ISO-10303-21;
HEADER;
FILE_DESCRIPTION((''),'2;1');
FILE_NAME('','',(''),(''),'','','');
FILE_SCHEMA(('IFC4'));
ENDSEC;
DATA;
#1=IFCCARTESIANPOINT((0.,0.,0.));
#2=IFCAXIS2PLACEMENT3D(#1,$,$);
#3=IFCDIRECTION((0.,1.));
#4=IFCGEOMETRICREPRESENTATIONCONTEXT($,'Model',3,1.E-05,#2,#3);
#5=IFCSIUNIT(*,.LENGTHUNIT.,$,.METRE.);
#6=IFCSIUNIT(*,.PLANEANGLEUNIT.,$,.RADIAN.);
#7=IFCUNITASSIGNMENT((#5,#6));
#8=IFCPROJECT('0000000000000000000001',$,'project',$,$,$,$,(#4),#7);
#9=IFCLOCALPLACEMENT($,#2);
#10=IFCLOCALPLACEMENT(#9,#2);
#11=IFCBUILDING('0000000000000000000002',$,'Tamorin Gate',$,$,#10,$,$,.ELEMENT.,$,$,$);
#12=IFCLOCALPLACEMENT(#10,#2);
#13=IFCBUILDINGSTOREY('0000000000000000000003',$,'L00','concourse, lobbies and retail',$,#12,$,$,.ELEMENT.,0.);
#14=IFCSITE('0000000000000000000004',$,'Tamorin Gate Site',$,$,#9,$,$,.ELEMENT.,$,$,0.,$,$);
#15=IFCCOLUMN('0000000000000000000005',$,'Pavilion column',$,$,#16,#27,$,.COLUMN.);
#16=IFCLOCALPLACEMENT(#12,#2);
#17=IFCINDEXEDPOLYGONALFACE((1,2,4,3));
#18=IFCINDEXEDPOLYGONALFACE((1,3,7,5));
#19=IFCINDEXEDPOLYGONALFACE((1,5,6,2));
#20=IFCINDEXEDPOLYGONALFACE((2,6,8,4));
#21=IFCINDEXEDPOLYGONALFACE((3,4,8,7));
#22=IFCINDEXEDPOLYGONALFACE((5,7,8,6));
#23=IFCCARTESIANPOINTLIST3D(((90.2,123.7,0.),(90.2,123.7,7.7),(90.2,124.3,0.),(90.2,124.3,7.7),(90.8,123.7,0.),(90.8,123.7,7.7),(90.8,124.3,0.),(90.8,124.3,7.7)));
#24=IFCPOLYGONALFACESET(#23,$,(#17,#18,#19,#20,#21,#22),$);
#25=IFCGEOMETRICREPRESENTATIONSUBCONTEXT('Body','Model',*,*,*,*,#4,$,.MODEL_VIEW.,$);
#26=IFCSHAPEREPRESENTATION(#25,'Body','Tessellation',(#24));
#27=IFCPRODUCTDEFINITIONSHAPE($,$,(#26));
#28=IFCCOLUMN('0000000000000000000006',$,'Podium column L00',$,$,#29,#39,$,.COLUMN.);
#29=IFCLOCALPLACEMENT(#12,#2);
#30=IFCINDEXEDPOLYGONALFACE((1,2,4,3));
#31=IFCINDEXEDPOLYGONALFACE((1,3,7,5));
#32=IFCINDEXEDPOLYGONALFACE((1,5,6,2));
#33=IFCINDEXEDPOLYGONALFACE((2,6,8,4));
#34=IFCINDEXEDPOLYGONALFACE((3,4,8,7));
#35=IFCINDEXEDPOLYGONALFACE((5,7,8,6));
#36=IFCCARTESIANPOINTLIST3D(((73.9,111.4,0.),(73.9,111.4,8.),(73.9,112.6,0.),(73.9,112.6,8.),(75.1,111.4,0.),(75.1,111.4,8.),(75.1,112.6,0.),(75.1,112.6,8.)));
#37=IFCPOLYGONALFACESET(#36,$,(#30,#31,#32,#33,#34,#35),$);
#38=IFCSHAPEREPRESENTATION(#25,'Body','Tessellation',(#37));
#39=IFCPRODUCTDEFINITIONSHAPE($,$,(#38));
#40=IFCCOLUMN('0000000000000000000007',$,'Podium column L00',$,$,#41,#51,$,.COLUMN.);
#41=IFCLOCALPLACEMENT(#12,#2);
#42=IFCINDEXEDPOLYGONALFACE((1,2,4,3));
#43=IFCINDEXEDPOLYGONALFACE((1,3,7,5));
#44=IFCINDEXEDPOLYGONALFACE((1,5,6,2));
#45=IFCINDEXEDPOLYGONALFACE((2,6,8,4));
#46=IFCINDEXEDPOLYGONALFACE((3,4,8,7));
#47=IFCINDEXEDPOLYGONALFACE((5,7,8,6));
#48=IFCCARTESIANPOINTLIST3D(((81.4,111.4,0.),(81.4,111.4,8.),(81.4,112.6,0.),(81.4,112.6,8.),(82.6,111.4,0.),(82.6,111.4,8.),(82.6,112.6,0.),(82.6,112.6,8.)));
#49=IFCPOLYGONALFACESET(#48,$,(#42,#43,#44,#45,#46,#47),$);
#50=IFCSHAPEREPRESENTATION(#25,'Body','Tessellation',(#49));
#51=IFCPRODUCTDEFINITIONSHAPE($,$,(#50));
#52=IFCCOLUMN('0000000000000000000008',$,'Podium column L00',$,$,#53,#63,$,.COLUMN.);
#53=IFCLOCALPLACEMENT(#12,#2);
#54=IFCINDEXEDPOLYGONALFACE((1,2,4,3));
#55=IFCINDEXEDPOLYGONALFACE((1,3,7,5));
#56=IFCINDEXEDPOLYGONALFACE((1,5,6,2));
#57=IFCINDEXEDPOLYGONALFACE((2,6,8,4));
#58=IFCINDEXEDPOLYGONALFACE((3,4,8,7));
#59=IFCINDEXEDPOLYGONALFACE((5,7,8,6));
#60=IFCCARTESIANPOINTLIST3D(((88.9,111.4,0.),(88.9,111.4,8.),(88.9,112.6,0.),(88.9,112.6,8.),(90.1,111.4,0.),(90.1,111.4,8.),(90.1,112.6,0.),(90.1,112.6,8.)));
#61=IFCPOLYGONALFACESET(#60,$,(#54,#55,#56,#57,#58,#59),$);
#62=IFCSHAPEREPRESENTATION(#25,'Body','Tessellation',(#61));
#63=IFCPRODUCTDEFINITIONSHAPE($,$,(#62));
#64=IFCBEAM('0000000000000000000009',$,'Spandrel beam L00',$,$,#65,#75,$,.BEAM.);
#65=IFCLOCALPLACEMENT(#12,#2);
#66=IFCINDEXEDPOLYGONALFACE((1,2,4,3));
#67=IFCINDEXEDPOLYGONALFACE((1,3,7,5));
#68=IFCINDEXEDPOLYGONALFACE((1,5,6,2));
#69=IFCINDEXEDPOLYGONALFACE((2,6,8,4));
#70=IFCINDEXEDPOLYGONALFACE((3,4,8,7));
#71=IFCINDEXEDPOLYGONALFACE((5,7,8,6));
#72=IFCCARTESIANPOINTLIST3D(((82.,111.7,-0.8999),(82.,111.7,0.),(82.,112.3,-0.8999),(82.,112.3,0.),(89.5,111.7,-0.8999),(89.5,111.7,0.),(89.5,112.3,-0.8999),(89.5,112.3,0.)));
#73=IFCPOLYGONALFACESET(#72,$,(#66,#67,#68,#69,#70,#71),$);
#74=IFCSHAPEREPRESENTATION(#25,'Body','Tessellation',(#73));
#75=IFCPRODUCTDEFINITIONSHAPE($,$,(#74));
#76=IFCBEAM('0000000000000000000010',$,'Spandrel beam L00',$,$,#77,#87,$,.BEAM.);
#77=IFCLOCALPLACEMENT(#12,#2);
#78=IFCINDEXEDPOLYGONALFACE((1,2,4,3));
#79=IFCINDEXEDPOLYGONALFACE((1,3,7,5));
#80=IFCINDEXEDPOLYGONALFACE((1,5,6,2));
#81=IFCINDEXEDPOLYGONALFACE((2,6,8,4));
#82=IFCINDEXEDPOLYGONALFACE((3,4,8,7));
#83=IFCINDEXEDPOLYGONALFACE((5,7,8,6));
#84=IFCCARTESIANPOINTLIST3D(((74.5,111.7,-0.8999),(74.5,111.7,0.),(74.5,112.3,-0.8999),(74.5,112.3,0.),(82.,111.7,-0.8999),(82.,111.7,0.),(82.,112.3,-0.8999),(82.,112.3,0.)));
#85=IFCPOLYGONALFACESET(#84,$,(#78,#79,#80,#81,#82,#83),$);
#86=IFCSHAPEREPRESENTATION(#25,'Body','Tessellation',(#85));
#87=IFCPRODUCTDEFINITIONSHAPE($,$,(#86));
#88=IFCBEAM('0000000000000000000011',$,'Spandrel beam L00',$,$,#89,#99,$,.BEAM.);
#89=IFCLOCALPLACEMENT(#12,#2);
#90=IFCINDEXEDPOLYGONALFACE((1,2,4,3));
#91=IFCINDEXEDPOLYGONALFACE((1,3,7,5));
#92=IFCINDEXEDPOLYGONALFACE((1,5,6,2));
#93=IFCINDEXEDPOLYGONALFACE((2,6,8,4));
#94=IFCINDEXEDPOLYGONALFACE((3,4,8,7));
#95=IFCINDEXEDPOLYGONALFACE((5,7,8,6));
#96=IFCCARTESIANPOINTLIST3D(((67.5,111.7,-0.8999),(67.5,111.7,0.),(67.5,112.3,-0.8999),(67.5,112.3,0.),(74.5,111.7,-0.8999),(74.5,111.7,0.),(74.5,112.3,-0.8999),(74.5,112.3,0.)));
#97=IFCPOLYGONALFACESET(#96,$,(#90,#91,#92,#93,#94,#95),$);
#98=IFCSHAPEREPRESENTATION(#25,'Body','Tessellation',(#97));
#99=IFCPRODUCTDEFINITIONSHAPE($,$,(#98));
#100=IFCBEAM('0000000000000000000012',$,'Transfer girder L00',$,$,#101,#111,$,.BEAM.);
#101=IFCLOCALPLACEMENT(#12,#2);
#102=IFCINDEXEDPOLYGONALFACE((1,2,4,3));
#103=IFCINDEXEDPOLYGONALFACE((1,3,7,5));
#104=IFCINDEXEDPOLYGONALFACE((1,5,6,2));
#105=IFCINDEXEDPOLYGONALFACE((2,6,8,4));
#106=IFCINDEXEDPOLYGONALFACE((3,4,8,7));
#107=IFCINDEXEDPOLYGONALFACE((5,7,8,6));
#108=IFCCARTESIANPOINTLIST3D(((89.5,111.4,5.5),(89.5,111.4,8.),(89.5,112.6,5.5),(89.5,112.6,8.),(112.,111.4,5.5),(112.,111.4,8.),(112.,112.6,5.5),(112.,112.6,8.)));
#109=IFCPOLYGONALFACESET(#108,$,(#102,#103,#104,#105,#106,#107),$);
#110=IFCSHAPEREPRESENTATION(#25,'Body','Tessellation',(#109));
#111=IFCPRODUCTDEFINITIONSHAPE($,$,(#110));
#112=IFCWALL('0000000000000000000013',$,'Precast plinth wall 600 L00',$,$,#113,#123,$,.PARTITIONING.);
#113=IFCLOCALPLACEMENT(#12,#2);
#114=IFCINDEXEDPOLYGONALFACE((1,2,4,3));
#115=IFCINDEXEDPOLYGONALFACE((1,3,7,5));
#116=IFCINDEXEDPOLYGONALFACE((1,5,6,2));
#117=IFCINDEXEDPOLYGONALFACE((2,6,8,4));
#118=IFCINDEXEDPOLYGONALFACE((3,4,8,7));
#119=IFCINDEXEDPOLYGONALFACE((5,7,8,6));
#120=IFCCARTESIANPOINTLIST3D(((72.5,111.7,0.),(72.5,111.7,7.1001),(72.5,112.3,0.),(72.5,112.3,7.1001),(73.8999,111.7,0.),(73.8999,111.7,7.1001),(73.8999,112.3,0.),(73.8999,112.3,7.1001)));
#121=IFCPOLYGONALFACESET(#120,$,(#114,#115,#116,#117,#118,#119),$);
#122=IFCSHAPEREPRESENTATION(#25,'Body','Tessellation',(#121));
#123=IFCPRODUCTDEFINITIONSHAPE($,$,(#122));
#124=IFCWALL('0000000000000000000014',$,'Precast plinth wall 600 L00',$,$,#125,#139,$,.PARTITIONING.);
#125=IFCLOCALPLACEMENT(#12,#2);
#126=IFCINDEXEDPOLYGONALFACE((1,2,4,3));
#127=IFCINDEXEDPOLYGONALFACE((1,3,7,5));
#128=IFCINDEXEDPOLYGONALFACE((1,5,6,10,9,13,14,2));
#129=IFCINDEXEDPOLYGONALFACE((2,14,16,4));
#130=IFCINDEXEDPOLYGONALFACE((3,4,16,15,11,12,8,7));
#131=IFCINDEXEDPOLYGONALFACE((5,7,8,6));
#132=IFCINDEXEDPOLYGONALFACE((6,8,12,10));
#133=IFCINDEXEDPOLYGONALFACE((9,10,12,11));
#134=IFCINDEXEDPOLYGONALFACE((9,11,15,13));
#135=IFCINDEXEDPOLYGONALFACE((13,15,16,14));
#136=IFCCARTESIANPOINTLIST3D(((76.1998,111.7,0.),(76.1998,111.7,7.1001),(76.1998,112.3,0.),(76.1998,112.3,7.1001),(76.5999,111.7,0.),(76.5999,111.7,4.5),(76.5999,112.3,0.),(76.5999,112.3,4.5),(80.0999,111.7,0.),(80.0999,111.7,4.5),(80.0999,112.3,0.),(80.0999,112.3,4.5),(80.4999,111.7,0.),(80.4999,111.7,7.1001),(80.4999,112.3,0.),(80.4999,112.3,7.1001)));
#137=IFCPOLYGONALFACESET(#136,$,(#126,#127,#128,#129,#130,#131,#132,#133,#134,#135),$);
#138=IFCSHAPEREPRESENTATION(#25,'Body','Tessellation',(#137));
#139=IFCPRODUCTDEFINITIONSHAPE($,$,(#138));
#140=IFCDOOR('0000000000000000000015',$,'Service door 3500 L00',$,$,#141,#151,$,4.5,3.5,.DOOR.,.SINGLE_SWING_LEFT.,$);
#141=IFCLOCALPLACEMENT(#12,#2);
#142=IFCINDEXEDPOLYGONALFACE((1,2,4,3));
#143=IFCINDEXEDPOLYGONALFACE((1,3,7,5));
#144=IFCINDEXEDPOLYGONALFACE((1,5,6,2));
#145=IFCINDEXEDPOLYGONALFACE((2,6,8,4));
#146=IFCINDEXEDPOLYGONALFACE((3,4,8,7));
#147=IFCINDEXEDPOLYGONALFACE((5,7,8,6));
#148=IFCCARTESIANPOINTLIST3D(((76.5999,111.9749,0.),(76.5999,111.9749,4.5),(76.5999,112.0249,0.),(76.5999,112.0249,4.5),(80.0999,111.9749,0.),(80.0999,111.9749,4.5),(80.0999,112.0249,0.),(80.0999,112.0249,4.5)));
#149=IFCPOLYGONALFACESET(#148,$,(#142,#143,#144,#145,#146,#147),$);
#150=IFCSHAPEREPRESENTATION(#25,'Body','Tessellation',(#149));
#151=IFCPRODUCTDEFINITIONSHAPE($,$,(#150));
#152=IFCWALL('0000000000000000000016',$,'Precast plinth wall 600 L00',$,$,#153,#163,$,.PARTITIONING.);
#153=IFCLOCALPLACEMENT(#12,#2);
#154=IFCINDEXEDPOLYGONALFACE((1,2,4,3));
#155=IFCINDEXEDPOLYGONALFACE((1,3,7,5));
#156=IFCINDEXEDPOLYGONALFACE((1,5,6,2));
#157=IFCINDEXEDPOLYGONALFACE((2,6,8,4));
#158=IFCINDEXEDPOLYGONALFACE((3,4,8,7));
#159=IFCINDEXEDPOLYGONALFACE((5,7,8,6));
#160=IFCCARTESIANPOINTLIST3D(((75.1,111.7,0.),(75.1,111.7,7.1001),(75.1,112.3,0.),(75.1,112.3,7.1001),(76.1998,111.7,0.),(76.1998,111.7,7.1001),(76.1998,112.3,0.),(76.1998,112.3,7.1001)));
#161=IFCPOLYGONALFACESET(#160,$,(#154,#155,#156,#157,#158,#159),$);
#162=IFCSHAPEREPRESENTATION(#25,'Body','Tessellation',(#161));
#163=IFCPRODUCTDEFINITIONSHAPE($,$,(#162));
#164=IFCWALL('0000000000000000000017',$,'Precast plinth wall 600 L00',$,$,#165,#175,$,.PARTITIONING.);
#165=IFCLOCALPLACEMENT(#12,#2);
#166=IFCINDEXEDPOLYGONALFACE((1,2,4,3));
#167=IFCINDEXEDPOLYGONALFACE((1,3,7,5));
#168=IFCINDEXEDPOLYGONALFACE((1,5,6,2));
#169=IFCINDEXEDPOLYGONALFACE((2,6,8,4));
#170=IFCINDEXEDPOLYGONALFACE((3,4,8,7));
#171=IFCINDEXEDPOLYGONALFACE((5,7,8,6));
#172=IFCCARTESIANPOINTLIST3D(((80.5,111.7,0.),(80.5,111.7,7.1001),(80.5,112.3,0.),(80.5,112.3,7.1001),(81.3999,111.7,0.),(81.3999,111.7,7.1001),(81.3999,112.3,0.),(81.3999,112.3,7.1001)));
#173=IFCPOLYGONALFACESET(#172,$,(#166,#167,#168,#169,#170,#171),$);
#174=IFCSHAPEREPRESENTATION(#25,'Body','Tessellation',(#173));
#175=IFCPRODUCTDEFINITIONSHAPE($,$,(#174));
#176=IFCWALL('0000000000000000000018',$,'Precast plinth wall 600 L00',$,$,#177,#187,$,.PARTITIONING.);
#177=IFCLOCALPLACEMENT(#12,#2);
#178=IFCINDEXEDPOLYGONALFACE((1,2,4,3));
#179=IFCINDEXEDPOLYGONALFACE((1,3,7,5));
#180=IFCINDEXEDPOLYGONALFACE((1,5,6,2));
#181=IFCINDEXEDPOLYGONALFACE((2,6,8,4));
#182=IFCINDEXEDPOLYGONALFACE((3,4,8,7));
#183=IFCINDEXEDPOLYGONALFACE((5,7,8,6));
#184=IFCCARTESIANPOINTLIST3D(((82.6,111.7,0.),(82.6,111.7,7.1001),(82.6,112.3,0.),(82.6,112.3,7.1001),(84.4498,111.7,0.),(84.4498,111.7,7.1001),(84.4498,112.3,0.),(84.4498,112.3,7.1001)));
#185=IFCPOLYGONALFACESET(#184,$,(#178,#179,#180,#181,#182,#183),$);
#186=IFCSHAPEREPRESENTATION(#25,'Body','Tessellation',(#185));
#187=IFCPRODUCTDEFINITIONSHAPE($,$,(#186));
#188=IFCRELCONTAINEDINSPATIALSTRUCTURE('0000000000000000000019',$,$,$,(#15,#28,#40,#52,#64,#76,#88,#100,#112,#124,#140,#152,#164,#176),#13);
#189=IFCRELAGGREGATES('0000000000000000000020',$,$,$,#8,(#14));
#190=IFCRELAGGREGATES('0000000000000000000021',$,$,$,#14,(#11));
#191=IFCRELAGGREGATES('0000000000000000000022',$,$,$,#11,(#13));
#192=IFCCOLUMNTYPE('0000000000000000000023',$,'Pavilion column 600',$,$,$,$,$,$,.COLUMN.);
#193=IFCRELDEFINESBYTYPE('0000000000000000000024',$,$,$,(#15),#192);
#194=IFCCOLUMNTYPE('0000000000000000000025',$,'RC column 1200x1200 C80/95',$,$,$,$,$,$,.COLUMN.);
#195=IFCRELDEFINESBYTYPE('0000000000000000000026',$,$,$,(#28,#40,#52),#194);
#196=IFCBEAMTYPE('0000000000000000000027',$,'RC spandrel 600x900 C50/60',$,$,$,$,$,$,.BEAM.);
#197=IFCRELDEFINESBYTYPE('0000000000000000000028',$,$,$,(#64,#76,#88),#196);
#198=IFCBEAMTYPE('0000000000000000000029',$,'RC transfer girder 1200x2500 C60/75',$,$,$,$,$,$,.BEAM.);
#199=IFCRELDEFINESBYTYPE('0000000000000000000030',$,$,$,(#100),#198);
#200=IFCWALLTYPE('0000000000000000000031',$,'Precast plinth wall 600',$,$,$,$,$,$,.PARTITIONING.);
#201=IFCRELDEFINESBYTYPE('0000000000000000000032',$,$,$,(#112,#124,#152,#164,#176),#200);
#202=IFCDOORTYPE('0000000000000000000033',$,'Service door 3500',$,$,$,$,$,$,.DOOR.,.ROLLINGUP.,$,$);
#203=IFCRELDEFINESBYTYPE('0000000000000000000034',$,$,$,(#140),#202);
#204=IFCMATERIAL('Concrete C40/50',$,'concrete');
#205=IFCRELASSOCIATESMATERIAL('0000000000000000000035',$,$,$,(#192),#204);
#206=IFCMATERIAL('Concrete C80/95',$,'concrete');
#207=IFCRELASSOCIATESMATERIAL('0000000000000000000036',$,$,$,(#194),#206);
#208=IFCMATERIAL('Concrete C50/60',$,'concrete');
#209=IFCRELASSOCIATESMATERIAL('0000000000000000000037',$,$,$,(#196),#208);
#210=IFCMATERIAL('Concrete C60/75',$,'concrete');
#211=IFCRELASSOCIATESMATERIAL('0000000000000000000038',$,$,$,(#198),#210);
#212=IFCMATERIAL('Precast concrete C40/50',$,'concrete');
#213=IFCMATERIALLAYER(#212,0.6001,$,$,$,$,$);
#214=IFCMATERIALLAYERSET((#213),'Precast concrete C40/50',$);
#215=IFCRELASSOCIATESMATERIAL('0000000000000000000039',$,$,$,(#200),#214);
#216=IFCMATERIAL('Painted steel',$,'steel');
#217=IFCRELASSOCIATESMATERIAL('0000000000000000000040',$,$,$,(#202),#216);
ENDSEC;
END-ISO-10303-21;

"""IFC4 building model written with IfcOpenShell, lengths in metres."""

from ifc_helpers import new_model, si_unit, direction, frame, frame_2d, origin, origin_2d, place, context, subcontext, project, spatial, rectangle, extrude, material, layer, layer_set, material_profile, profile_set, type_object, element, fill, save


model = new_model("IFC4")

# Units and contexts
model_context = context("Model", 3, precision=1e-05, world=origin(), true_north=direction((0.0, 1.0)))
body_context = subcontext(model_context, "Body", "Model", "MODEL_VIEW")
ifc_project = project(units=[si_unit("LENGTHUNIT", "METRE"), si_unit("PLANEANGLEUNIT", "RADIAN")], contexts=[model_context])

# Site, building, storey
site_placement = place(None, origin())
site = spatial("IfcSite", under=ifc_project, at=site_placement, Name="Tamorin Gate Site", CompositionType="ELEMENT", RefElevation=0.0)
building_placement = place(site_placement, origin())
building = spatial("IfcBuilding", under=site, at=building_placement, Name="Tamorin Gate", CompositionType="ELEMENT")
storey_placement = place(building_placement, origin())
storey = spatial("IfcBuildingStorey", under=building, at=storey_placement, Name="L00", Description="concourse, lobbies and retail", CompositionType="ELEMENT", Elevation=0.0)

# Columns
ifc_material_1 = material(Name="Concrete C40/50", Category="concrete")
ifc_material_profile_1 = material_profile(ifc_material_1, rectangle(XDim=0.6001, YDim=0.6001, at=origin_2d()))
ifc_profile_set_1 = profile_set([ifc_material_profile_1], Name="Concrete C40/50")
column_type_1 = type_object("IfcColumnType", Name="Pavilion column 600", PredefinedType="COLUMN", material=ifc_profile_set_1)
column_placement = place(storey_placement, frame((90.5, 124.0, 0.0), z_axis=(0.0, 0.0, 1.0), x_axis=(1.0, 0.0, 0.0)))
element("IfcColumn", 1, at=column_placement, inside=storey, type_object=column_type_1, Name="Pavilion column", PredefinedType="COLUMN", context=body_context, shape_type="SweptSolid", body=[
    extrude(rectangle(XDim=0.6001, YDim=0.6001, at=origin_2d()), origin(), (0.0, 0.0, 1.0), 7.7),
])
ifc_material_2 = material(Name="Concrete C80/95", Category="concrete")
ifc_material_profile_2 = material_profile(ifc_material_2, rectangle(XDim=1.2, YDim=1.2, at=origin_2d()), Name="RC 1200x1200")
ifc_profile_set_2 = profile_set([ifc_material_profile_2], Name="Concrete C80/95")
column_type_2 = type_object("IfcColumnType", Name="RC column 1200x1200 C80/95", PredefinedType="COLUMN", material=ifc_profile_set_2)
for number, where, z_axis, x_axis, name in (
    (2, (74.5, 112.0, 0.0), (0.0, 0.0, 1.0), (1.0, 0.0, 0.0), "Podium column L00"),
    (3, (82.0, 112.0, 0.0), (0.0, 0.0, 1.0), (1.0, 0.0, 0.0), "Podium column L00"),
    (4, (89.5, 112.0, 0.0), (0.0, 0.0, 1.0), (1.0, 0.0, 0.0), "Podium column L00"),
):
    element("IfcColumn", number, at=place(storey_placement, frame(where, z_axis=z_axis, x_axis=x_axis)), inside=storey, type_object=column_type_2, Name=name, PredefinedType="COLUMN", context=body_context, shape_type="SweptSolid", body=[
        extrude(rectangle(XDim=1.2, YDim=1.2, at=origin_2d()), origin(), (0.0, 0.0, 1.0), 8.0),
    ])

# Beams
ifc_material_3 = material(Name="Concrete C50/60", Category="concrete")
ifc_material_profile_3 = material_profile(ifc_material_3, rectangle(XDim=0.6001, YDim=0.8999, at=origin_2d()), Name="RC 600x900")
ifc_profile_set_3 = profile_set([ifc_material_profile_3], Name="Concrete C50/60")
beam_type_1 = type_object("IfcBeamType", Name="RC spandrel 600x900 C50/60", PredefinedType="BEAM", material=ifc_profile_set_3)
for number, where, z_axis, x_axis, name in (
    (5, (89.5, 112.0, -0.45), (-1.0, 0.0, 0.0), (0.0, -1.0, 0.0), "Spandrel beam L00"),
    (6, (82.0, 112.0, -0.45), (-1.0, 0.0, 0.0), (0.0, -1.0, 0.0), "Spandrel beam L00"),
):
    element("IfcBeam", number, at=place(storey_placement, frame(where, z_axis=z_axis, x_axis=x_axis)), inside=storey, type_object=beam_type_1, Name=name, PredefinedType="BEAM", context=body_context, shape_type="SweptSolid", body=[
        extrude(rectangle(XDim=0.6001, YDim=0.8999, at=origin_2d()), origin(), (0.0, 0.0, 1.0), 7.5),
    ])
beam_1_placement = place(storey_placement, frame((74.5, 112.0, -0.45), z_axis=(-1.0, 0.0, 0.0), x_axis=(0.0, -1.0, 0.0)))
element("IfcBeam", 7, at=beam_1_placement, inside=storey, type_object=beam_type_1, Name="Spandrel beam L00", PredefinedType="BEAM", context=body_context, shape_type="SweptSolid", body=[
    extrude(rectangle(XDim=0.6001, YDim=0.8999, at=origin_2d()), origin(), (0.0, 0.0, 1.0), 7.0),
])
ifc_material_4 = material(Name="Concrete C60/75", Category="concrete")
ifc_material_profile_4 = material_profile(ifc_material_4, rectangle(XDim=1.2, YDim=2.5, at=origin_2d()), Name="RC 1200x2500")
ifc_profile_set_4 = profile_set([ifc_material_profile_4], Name="Concrete C60/75")
beam_type_2 = type_object("IfcBeamType", Name="RC transfer girder 1200x2500 C60/75", PredefinedType="BEAM", material=ifc_profile_set_4)
beam_2_placement = place(storey_placement, frame((89.5, 112.0, 6.75), z_axis=(1.0, 0.0, 0.0), x_axis=(0.0, 1.0, 0.0)))
element("IfcBeam", 8, at=beam_2_placement, inside=storey, type_object=beam_type_2, Name="Transfer girder L00", PredefinedType="BEAM", context=body_context, shape_type="SweptSolid", body=[
    extrude(rectangle(XDim=1.2, YDim=2.5, at=origin_2d()), origin(), (0.0, 0.0, 1.0), 22.5),
])

# Shared definitions
ifc_material_5 = material(Name="Precast concrete C40/50", Category="concrete")
ifc_layer = layer(ifc_material_5, 0.6001)
ifc_layer_set = layer_set([ifc_layer], Name="Precast concrete C40/50")
wall_type = type_object("IfcWallType", Name="Precast plinth wall 600", PredefinedType="PARTITIONING", material=ifc_layer_set)

# Wall
wall_1_placement = place(storey_placement, frame((72.5, 112.0, 0.0), z_axis=(0.0, 0.0, 1.0), x_axis=(1.0, 0.0, 0.0)))
element("IfcWall", 9, at=wall_1_placement, inside=storey, type_object=wall_type, Name="Precast plinth wall 600 L00", PredefinedType="PARTITIONING", context=body_context, shape_type="SweptSolid", body=[
    extrude(rectangle(XDim=1.3999, YDim=0.6001, at=frame_2d((0.7, 0.0))), origin(), (0.0, 0.0, 1.0), 7.1001),
])

# Wall, opening, door
wall_2_placement = place(storey_placement, frame((76.2, 112.0, 0.0), z_axis=(0.0, 0.0, 1.0), x_axis=(1.0, 0.0, 0.0)))
wall_2 = element("IfcWall", 10, at=wall_2_placement, inside=storey, type_object=wall_type, Name="Precast plinth wall 600 L00", PredefinedType="PARTITIONING", context=body_context, shape_type="SweptSolid", body=[
    extrude(rectangle(XDim=4.3, YDim=0.6001, at=frame_2d((2.1499, 0.0))), origin(), (0.0, 0.0, 1.0), 7.1001),
])
opening_1_placement = place(wall_2_placement, frame((0.3999, 0.0, 0.0)))
opening_1 = element("IfcOpeningElement", 11, at=opening_1_placement, cuts=wall_2, PredefinedType="OPENING", context=body_context, shape_type="SweptSolid", body=[
    extrude(rectangle(XDim=3.5, YDim=4.5, at=frame_2d((1.75, 2.25))), frame((0.0, 0.3101, 0.0), z_axis=(0.0, -1.0, 0.0), x_axis=(1.0, 0.0, 0.0)), (0.0, 0.0, 1.0), 0.6201),
])
ifc_material_6 = material(Name="Painted steel", Category="steel")
door_type_1 = type_object("IfcDoorType", Name="Service door 3500", OperationType="ROLLINGUP", PredefinedType="DOOR", material=ifc_material_6)
door_1_placement = place(opening_1_placement, origin())
door_1 = element("IfcDoor", 12, at=door_1_placement, inside=storey, type_object=door_type_1, Name="Service door 3500 L00", OperationType="SINGLE_SWING_LEFT", OverallHeight=4.5, OverallWidth=3.5, PredefinedType="DOOR", context=body_context, shape_type="SweptSolid", body=[
    extrude(rectangle(XDim=3.5, YDim=4.5, at=frame_2d((1.75, 2.25))), frame((0.0, 0.0249, 0.0), z_axis=(0.0, -1.0, 0.0), x_axis=(1.0, 0.0, 0.0)), (0.0, 0.0, 1.0), 0.05),
])
fill(opening_1, door_1)

# Walls
wall_3_placement = place(storey_placement, frame((75.1001, 112.0, 0.0), z_axis=(0.0, 0.0, 1.0), x_axis=(1.0, 0.0, 0.0)))
element("IfcWall", 13, at=wall_3_placement, inside=storey, type_object=wall_type, Name="Precast plinth wall 600 L00", PredefinedType="PARTITIONING", context=body_context, shape_type="SweptSolid", body=[
    extrude(rectangle(XDim=1.0999, YDim=0.6001, at=frame_2d((0.5498, 0.0))), origin(), (0.0, 0.0, 1.0), 7.1001),
])
wall_4_placement = place(storey_placement, frame((80.5, 112.0, 0.0), z_axis=(0.0, 0.0, 1.0), x_axis=(1.0, 0.0, 0.0)))
element("IfcWall", 14, at=wall_4_placement, inside=storey, type_object=wall_type, Name="Precast plinth wall 600 L00", PredefinedType="PARTITIONING", context=body_context, shape_type="SweptSolid", body=[
    extrude(rectangle(XDim=0.8999, YDim=0.6001, at=frame_2d((0.45, 0.0))), origin(), (0.0, 0.0, 1.0), 7.1001),
])

# Wall
wall_5_placement = place(storey_placement, frame((82.6001, 112.0, 0.0), z_axis=(0.0, 0.0, 1.0), x_axis=(1.0, 0.0, 0.0)))
element("IfcWall", 15, at=wall_5_placement, inside=storey, type_object=wall_type, Name="Precast plinth wall 600 L00", PredefinedType="PARTITIONING", context=body_context, shape_type="SweptSolid", body=[
    extrude(rectangle(XDim=1.8499, YDim=0.6001, at=frame_2d((0.9248, 0.0))), origin(), (0.0, 0.0, 1.0), 7.1001),
])

save(model, "model.ifc")
